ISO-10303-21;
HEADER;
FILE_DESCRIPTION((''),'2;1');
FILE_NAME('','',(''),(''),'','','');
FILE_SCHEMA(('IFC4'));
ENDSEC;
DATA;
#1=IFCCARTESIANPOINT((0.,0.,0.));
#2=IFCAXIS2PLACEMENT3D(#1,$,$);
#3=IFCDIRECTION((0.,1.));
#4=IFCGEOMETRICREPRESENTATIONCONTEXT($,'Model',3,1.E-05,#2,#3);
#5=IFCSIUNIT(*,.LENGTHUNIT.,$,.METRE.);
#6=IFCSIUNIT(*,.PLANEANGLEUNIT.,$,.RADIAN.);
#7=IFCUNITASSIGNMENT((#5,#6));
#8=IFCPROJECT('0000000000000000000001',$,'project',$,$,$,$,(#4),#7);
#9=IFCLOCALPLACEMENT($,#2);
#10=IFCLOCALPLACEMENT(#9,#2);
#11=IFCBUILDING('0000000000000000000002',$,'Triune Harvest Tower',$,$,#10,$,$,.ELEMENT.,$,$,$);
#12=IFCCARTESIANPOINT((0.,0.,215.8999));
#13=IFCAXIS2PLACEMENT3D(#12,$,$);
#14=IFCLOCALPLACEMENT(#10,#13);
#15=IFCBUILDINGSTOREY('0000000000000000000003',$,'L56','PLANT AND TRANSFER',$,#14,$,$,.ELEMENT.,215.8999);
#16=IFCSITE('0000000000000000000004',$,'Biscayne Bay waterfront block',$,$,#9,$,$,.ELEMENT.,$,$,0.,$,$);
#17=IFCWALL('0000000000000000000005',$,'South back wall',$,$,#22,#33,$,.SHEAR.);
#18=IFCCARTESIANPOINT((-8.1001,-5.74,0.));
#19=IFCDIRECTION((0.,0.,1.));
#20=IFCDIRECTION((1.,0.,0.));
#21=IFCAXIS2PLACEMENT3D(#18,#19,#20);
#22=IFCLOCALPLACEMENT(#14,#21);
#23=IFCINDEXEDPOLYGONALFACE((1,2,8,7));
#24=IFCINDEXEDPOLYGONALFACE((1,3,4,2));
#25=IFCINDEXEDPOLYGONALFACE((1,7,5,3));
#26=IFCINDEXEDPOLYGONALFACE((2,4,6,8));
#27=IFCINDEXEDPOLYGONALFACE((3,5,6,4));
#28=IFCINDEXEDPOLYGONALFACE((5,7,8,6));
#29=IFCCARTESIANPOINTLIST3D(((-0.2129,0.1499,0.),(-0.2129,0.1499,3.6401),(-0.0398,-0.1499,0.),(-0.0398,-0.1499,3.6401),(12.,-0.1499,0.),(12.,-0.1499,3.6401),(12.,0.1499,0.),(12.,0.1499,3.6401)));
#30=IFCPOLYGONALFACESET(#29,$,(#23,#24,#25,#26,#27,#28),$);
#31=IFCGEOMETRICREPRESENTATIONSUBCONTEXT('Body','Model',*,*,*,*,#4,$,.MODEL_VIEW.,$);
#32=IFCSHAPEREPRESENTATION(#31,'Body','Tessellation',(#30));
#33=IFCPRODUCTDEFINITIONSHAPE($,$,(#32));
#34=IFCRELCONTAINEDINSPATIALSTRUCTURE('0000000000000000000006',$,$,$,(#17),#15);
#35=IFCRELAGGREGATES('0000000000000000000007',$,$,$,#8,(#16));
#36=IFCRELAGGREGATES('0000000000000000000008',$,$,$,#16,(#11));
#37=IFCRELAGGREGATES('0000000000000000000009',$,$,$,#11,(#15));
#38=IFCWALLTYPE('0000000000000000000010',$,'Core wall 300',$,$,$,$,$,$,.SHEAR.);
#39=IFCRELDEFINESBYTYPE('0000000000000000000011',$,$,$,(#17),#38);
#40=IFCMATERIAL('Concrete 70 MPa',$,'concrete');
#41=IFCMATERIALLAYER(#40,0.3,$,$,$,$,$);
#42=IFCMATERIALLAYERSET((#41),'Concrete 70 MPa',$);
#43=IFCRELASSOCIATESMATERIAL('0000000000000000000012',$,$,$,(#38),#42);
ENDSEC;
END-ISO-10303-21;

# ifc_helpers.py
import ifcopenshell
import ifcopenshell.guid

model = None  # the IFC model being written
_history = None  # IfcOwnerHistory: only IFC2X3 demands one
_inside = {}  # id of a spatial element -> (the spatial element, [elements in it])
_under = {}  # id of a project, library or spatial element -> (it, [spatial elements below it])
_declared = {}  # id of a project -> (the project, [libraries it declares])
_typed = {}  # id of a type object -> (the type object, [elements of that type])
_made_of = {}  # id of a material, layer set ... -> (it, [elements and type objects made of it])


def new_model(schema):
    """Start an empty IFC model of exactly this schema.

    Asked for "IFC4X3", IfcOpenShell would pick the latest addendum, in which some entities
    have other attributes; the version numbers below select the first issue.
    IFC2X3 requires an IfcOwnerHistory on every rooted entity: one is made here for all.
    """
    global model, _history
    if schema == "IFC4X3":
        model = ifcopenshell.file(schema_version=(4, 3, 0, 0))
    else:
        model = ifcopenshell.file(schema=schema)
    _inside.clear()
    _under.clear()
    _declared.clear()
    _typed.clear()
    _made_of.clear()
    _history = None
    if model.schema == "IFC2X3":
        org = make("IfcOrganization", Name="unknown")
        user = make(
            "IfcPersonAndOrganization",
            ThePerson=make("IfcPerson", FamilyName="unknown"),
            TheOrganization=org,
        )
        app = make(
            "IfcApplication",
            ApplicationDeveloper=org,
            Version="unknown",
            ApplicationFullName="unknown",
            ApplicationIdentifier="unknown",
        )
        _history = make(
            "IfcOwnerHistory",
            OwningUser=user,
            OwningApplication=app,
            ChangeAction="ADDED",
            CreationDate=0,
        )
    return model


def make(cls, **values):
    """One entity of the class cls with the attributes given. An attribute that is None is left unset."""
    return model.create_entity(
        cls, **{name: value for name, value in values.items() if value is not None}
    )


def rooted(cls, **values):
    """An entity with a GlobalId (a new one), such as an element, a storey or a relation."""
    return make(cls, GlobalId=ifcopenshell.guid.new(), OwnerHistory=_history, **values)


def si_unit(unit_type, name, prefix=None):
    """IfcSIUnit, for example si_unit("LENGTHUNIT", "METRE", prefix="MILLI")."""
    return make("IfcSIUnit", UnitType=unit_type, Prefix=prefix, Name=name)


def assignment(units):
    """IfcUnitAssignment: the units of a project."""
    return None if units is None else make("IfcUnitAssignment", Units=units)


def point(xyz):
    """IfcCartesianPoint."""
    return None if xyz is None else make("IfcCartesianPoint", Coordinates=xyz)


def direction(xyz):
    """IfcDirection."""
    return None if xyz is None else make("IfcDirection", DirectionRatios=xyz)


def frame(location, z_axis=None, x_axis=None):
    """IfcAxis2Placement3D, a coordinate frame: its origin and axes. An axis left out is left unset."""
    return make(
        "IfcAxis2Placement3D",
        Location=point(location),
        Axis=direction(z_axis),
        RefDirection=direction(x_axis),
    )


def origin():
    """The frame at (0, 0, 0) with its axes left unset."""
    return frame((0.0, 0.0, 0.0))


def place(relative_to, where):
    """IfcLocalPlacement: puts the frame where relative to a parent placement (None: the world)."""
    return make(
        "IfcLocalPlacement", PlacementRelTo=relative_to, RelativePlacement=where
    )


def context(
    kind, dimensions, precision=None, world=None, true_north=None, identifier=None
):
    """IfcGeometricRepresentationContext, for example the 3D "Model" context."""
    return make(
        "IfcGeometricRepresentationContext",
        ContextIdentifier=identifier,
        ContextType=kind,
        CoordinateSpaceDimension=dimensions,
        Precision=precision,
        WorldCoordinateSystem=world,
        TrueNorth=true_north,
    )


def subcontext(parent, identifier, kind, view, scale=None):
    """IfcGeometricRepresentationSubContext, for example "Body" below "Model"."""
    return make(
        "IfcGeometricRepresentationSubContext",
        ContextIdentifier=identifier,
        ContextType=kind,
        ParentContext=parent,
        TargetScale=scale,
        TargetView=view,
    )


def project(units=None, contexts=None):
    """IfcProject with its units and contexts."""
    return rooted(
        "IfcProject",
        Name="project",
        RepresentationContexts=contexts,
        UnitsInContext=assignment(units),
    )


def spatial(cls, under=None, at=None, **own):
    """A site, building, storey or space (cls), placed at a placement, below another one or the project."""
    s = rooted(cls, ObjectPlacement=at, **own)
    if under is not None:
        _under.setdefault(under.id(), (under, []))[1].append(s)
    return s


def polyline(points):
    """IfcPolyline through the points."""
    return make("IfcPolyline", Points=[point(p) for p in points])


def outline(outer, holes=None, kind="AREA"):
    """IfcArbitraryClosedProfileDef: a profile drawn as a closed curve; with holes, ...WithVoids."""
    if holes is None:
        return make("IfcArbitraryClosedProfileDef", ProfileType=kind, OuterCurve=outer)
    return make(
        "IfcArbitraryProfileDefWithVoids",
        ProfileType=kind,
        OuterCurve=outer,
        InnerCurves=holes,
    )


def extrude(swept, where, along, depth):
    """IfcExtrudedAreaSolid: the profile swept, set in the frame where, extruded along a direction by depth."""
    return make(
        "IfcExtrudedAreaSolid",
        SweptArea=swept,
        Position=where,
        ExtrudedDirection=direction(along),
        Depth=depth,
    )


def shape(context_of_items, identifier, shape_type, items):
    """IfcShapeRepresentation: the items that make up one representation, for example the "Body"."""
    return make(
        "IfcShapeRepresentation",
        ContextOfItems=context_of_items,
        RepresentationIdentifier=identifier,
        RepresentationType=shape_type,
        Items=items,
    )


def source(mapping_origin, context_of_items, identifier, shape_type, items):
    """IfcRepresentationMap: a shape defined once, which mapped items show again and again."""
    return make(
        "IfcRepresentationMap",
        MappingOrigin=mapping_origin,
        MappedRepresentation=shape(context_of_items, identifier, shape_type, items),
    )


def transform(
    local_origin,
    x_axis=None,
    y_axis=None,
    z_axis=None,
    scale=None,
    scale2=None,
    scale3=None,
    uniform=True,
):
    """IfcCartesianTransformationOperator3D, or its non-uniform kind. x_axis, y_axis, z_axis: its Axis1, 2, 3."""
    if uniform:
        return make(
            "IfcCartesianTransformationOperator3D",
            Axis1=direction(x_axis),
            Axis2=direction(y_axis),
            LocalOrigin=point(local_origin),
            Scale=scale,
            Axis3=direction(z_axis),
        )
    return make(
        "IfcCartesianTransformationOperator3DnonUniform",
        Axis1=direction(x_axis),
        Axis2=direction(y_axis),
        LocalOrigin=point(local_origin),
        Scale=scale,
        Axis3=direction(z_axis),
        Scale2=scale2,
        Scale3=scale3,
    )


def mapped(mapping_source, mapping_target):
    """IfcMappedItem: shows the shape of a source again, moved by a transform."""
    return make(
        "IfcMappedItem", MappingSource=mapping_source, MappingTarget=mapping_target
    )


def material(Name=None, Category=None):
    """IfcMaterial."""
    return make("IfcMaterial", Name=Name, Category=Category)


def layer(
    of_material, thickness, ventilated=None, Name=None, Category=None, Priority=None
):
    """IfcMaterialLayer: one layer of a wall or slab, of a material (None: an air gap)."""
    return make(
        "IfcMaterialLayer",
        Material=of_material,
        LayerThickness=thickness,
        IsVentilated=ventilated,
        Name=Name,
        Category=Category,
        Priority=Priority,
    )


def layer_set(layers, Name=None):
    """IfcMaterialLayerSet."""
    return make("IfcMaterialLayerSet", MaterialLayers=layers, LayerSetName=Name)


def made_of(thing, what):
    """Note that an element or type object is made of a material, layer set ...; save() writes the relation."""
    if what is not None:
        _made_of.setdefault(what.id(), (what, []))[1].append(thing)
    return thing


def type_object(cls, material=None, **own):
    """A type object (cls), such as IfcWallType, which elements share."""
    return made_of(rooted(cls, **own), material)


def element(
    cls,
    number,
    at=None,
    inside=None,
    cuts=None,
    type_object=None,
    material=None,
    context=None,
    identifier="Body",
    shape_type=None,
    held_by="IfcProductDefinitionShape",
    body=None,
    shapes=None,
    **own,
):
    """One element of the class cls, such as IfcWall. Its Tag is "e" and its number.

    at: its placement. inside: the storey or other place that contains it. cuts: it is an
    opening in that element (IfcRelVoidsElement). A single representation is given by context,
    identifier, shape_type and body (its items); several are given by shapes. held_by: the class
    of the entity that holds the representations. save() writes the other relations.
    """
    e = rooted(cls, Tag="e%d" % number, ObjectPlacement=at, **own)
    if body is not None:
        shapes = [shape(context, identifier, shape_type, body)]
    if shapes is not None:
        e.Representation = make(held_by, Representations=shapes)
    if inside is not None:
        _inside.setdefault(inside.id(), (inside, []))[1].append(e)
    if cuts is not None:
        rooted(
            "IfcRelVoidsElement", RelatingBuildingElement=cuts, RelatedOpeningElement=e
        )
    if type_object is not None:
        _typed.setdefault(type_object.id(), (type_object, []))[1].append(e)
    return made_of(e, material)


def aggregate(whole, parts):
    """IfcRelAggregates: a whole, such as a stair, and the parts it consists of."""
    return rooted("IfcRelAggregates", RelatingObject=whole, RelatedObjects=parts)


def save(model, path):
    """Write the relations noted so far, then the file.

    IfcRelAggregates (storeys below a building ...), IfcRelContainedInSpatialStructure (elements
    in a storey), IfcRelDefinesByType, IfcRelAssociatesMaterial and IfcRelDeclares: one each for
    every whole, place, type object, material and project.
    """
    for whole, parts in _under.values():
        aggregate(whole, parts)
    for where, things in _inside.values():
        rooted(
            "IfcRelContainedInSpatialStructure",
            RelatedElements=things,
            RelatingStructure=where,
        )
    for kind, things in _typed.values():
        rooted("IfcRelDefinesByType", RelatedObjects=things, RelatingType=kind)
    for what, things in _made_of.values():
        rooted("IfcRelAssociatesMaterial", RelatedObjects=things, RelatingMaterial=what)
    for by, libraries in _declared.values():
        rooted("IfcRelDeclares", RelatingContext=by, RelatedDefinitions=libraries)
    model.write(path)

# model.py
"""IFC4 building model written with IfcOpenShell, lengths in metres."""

from ifc_helpers import new_model, si_unit, direction, frame, origin, place, context, subcontext, project, spatial, polyline, outline, extrude, source, transform, mapped, material, layer, layer_set, type_object, element, save


model = new_model("IFC4")

# Units and contexts
model_context = context("Model", 3, precision=1e-05, world=origin(), true_north=direction((0.0, 1.0)))
body_context = subcontext(model_context, "Body", "Model", "MODEL_VIEW")
ifc_project = project(units=[si_unit("LENGTHUNIT", "METRE"), si_unit("PLANEANGLEUNIT", "RADIAN")], contexts=[model_context])

# Site, building, storey
site_placement = place(None, origin())
site = spatial("IfcSite", under=ifc_project, at=site_placement, Name="Biscayne Bay waterfront block", CompositionType="ELEMENT", RefElevation=0.0)
building_placement = place(site_placement, origin())
building = spatial("IfcBuilding", under=site, at=building_placement, Name="Triune Harvest Tower", CompositionType="ELEMENT")
storey_placement = place(building_placement, frame((0.0, 0.0, 215.8999)))
storey = spatial("IfcBuildingStorey", under=building, at=storey_placement, Name="L56", Description="PLANT AND TRANSFER", CompositionType="ELEMENT", Elevation=215.8999)

# Shared definitions
ifc_material_1 = material(Name="Concrete 70 MPa", Category="concrete")
ifc_layer_1 = layer(ifc_material_1, 0.3)
ifc_layer_set_1 = layer_set([ifc_layer_1], Name="Concrete 70 MPa")
wall_type_1 = type_object("IfcWallType", Name="Core wall 300", PredefinedType="SHEAR", material=ifc_layer_set_1)

# Wall
shared_shape_1 = source(origin(), body_context, "Body", "SweptSolid", [
    extrude(outline(polyline([(12.0, -0.1499), (-0.0398, -0.1499), (-0.2129, 0.1499), (12.0, 0.1499), (12.0, -0.1499)])), origin(), (0.0, 0.0, 1.0), 3.6401),
])
wall_1_placement = place(storey_placement, frame((-8.1001, -5.74, 0.0), z_axis=(0.0, 0.0, 1.0), x_axis=(1.0, 0.0, 0.0)))
element("IfcWall", 1, at=wall_1_placement, inside=storey, type_object=wall_type_1, Name="South back wall", PredefinedType="SHEAR", context=body_context, shape_type="MappedRepresentation", body=[
    mapped(shared_shape_1, transform((0.0, 0.0, 0.0), scale=1.0)),
])

save(model, "model.ifc")
